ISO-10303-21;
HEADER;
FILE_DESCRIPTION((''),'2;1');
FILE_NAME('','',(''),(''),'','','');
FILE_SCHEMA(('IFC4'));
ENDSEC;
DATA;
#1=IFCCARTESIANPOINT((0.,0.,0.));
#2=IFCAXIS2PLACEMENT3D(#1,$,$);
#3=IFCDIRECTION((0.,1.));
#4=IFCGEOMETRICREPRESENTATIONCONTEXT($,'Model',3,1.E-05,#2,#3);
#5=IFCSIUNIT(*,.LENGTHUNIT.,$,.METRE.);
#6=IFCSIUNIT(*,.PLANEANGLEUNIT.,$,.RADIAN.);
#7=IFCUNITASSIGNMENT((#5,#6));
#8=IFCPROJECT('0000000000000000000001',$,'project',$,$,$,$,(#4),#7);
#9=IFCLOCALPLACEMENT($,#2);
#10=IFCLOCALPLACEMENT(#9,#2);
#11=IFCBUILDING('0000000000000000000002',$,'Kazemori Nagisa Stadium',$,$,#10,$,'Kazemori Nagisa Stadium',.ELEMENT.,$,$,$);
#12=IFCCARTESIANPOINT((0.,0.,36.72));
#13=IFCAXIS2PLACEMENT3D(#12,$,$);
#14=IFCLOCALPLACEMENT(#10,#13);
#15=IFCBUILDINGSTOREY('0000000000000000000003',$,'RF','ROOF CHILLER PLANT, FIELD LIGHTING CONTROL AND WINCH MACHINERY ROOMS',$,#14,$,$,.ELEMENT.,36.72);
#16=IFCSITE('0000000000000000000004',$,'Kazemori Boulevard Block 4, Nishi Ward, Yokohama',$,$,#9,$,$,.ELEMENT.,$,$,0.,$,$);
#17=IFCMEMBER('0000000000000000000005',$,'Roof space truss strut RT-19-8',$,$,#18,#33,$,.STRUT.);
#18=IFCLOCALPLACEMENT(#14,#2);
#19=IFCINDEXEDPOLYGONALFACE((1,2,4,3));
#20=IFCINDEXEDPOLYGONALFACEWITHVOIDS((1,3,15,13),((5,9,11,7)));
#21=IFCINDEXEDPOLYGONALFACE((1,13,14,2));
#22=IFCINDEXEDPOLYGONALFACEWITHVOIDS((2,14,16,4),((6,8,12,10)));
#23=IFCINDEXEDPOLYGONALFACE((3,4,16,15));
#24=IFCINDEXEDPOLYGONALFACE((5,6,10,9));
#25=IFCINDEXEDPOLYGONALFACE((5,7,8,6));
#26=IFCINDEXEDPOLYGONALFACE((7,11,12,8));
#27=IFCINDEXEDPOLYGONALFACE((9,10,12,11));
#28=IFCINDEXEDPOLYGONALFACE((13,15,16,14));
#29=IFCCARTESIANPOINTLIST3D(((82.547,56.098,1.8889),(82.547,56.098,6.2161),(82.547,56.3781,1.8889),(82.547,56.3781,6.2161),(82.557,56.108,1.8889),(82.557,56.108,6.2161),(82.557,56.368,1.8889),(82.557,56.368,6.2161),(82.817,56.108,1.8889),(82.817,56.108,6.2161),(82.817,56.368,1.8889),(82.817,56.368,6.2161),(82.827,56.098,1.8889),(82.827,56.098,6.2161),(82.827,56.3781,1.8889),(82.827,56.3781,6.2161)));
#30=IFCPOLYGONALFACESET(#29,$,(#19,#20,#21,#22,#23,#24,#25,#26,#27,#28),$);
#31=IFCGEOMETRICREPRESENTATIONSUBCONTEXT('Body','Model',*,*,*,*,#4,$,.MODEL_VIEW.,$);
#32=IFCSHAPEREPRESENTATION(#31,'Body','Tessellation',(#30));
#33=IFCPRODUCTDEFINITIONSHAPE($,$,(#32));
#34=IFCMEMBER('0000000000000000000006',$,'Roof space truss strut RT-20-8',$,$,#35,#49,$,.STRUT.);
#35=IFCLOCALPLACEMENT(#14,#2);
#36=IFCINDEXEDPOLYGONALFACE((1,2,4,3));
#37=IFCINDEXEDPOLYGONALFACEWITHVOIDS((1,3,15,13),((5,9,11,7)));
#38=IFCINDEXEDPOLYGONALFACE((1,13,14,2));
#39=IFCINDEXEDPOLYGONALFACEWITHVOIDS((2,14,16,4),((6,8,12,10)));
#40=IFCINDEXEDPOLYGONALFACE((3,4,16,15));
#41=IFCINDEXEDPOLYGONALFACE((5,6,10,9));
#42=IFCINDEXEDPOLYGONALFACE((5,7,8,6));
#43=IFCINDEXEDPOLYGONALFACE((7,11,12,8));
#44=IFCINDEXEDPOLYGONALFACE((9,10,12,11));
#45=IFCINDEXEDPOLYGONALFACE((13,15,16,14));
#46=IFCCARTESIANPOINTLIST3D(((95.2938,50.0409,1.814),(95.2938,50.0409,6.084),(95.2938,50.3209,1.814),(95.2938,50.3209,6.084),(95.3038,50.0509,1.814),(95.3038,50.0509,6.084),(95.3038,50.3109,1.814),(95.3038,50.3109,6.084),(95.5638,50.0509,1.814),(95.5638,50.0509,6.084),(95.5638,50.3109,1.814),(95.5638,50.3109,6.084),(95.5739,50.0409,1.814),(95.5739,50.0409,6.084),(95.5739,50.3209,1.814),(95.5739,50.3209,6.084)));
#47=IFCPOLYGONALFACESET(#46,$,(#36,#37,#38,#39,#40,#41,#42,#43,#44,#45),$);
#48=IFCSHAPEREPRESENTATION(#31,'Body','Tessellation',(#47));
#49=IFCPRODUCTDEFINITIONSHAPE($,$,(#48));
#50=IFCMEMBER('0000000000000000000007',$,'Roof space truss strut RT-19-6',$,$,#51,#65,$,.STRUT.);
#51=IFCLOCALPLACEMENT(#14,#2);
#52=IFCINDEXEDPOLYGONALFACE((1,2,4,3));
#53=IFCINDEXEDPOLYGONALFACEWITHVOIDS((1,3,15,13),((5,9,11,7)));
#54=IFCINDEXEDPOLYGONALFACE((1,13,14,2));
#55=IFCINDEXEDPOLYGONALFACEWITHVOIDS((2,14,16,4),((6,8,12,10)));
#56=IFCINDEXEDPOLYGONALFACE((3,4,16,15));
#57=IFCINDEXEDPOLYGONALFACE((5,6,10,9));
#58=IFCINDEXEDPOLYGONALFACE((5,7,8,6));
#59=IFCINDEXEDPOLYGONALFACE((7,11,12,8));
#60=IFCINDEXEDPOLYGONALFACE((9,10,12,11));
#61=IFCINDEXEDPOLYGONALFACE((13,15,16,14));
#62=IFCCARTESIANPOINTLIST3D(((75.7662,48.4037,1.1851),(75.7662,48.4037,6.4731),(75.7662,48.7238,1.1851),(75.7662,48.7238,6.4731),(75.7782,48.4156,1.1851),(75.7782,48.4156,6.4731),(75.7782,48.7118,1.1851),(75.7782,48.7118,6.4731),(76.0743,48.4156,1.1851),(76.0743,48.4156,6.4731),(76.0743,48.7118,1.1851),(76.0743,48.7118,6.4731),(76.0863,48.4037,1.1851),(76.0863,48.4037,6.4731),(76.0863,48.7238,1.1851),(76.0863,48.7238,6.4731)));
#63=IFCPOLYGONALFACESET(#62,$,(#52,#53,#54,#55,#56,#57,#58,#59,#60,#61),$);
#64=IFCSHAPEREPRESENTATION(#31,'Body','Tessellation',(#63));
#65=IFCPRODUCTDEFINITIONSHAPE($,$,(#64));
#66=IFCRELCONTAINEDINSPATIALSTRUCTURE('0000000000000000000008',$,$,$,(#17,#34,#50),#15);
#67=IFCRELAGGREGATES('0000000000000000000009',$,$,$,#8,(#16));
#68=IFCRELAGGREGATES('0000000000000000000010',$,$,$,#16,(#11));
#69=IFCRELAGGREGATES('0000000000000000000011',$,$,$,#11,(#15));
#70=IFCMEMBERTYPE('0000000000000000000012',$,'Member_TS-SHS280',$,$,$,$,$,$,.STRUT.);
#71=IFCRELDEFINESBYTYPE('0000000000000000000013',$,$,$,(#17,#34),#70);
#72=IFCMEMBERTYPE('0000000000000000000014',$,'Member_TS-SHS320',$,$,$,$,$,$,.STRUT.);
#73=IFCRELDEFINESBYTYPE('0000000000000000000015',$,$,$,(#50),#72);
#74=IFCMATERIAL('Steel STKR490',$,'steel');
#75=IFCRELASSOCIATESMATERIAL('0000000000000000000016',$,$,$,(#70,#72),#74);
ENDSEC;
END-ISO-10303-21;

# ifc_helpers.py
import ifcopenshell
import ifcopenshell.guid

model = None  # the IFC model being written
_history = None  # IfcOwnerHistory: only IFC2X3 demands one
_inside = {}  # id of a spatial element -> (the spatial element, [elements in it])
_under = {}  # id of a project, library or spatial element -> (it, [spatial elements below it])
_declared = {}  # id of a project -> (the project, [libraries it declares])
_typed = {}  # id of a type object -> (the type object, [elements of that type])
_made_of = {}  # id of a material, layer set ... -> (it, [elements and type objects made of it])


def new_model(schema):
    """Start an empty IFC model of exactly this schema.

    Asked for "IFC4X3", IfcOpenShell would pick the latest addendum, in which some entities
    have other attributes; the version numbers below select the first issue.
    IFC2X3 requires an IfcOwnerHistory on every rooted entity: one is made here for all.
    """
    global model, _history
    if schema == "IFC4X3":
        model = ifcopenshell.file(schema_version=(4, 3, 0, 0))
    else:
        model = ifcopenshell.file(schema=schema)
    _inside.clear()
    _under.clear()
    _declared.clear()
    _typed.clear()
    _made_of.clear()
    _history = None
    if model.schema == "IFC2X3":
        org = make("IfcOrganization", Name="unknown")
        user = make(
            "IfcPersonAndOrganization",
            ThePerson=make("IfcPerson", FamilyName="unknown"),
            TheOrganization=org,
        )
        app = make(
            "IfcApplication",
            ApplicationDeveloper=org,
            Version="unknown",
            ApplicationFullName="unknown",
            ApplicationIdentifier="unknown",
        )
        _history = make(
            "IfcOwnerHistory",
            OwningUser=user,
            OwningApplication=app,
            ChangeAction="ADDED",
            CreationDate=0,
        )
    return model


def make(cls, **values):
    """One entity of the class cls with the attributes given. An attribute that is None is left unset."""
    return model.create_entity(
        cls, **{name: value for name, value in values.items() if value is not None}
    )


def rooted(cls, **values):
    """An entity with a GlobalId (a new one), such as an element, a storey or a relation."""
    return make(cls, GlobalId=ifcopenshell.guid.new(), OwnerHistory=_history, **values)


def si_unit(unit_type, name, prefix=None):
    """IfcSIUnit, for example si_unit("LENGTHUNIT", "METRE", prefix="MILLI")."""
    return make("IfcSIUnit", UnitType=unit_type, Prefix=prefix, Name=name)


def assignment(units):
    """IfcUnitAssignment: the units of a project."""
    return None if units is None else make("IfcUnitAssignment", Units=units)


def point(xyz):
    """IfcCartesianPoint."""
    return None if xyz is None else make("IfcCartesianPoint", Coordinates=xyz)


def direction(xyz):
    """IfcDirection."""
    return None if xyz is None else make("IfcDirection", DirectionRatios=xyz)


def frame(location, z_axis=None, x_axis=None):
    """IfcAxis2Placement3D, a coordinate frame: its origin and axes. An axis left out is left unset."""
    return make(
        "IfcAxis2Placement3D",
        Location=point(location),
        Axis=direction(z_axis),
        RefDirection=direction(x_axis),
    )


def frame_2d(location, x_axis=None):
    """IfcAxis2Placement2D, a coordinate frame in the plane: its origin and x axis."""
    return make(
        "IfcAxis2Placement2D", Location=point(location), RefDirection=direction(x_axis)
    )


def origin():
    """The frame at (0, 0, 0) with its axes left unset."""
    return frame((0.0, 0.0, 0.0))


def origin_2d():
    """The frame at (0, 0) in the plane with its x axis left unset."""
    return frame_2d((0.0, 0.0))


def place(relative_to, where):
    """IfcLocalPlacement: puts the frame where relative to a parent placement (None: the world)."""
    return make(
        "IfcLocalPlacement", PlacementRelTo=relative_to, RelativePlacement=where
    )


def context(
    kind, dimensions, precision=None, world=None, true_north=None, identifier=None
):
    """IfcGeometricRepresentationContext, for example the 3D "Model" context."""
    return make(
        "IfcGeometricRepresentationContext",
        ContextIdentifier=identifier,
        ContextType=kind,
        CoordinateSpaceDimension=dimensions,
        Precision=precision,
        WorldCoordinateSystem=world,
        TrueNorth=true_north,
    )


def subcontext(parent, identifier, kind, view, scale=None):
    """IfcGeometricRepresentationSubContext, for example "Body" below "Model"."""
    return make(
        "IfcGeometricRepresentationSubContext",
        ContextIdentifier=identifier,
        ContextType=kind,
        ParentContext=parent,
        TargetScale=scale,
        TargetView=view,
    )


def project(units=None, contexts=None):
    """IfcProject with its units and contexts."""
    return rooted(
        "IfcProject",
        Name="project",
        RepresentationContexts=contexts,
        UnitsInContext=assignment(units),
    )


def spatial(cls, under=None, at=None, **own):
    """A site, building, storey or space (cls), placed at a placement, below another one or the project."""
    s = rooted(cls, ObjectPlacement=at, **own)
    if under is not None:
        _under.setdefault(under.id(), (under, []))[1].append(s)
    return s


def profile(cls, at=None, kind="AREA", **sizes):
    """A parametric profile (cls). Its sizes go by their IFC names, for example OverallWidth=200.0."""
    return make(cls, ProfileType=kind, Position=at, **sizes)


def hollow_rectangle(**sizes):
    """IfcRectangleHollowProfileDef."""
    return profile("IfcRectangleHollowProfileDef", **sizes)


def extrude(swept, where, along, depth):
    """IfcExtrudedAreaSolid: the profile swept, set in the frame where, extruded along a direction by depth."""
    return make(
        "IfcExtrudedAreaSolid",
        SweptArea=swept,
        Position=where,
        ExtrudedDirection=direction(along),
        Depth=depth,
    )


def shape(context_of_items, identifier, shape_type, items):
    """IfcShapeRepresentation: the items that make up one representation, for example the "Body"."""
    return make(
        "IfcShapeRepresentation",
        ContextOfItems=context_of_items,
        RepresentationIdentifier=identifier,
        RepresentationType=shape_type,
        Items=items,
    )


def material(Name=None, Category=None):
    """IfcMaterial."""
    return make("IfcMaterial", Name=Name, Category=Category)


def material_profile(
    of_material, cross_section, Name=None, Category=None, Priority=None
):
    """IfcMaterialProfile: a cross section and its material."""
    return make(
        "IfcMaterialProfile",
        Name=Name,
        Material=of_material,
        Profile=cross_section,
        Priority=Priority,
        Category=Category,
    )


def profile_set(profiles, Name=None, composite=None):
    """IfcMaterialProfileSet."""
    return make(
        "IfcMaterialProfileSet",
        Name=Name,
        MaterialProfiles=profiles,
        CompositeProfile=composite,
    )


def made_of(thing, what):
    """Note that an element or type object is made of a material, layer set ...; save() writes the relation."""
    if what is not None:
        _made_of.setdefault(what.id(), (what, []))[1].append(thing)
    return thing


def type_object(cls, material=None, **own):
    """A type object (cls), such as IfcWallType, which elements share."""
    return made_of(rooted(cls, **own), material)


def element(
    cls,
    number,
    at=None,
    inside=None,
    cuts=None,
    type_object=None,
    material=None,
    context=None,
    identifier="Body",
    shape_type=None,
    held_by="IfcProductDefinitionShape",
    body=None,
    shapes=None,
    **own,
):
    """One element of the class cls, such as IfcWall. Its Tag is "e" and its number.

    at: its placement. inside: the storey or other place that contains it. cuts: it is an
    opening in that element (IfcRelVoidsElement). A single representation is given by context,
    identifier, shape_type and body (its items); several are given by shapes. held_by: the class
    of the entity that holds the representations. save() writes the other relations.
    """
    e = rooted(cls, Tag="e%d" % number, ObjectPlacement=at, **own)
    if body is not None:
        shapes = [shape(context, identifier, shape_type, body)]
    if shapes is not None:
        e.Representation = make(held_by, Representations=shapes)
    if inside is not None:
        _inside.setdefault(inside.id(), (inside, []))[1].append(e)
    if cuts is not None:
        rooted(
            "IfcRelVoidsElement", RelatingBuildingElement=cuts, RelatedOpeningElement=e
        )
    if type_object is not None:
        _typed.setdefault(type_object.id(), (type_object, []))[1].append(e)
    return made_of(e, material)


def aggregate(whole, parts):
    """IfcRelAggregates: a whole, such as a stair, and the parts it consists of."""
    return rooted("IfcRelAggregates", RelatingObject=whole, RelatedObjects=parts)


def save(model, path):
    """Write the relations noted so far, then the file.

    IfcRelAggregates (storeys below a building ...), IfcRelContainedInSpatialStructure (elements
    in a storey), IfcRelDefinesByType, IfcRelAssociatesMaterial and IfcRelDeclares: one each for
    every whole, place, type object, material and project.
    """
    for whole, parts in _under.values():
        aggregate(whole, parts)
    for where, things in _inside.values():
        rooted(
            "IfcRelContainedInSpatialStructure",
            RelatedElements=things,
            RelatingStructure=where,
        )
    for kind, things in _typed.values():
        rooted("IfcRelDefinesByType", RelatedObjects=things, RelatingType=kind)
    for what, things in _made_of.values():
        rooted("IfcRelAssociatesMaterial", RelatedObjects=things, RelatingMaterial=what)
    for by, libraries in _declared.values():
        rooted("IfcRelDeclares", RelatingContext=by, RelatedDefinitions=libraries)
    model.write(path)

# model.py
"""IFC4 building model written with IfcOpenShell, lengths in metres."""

from ifc_helpers import new_model, si_unit, direction, frame, origin, origin_2d, place, context, subcontext, project, spatial, hollow_rectangle, extrude, material, material_profile, profile_set, type_object, element, save


model = new_model("IFC4")

# Units and contexts
model_context = context("Model", 3, precision=1e-05, world=origin(), true_north=direction((0.0, 1.0)))
body_context = subcontext(model_context, "Body", "Model", "MODEL_VIEW")
ifc_project = project(units=[si_unit("LENGTHUNIT", "METRE"), si_unit("PLANEANGLEUNIT", "RADIAN")], contexts=[model_context])

# Site, building, storey
site_placement = place(None, origin())
site = spatial("IfcSite", under=ifc_project, at=site_placement, Name="Kazemori Boulevard Block 4, Nishi Ward, Yokohama", CompositionType="ELEMENT", RefElevation=0.0)
building_placement = place(site_placement, origin())
building = spatial("IfcBuilding", under=site, at=building_placement, Name="Kazemori Nagisa Stadium", LongName="Kazemori Nagisa Stadium", CompositionType="ELEMENT")
storey_placement = place(building_placement, frame((0.0, 0.0, 36.72)))
storey = spatial("IfcBuildingStorey", under=building, at=storey_placement, Name="RF", Description="ROOF CHILLER PLANT, FIELD LIGHTING CONTROL AND WINCH MACHINERY ROOMS", CompositionType="ELEMENT", Elevation=36.72)

# Members
ifc_material_1 = material(Name="Steel STKR490", Category="steel")
ifc_material_profile_1 = material_profile(ifc_material_1, hollow_rectangle(XDim=0.28, YDim=0.28, WallThickness=0.01, at=origin_2d()), Name="SHS-280x280x10")
ifc_profile_set_1 = profile_set([ifc_material_profile_1], Name="Steel STKR490")
member_type_1 = type_object("IfcMemberType", Name="Member_TS-SHS280", PredefinedType="STRUT", material=ifc_profile_set_1)
member_1_placement = place(storey_placement, frame((82.687, 56.238, 1.8889), z_axis=(0.0, 0.0, 1.0), x_axis=(1.0, 0.0, 0.0)))
element("IfcMember", 1, at=member_1_placement, inside=storey, type_object=member_type_1, Name="Roof space truss strut RT-19-8", PredefinedType="STRUT", context=body_context, shape_type="SweptSolid", body=[
    extrude(hollow_rectangle(XDim=0.28, YDim=0.28, WallThickness=0.01, at=origin_2d()), origin(), (0.0, 0.0, 1.0), 4.3271),
])
member_2_placement = place(storey_placement, frame((95.4338, 50.1809, 1.814), z_axis=(0.0, 0.0, 1.0), x_axis=(1.0, 0.0, 0.0)))
element("IfcMember", 2, at=member_2_placement, inside=storey, type_object=member_type_1, Name="Roof space truss strut RT-20-8", PredefinedType="STRUT", context=body_context, shape_type="SweptSolid", body=[
    extrude(hollow_rectangle(XDim=0.28, YDim=0.28, WallThickness=0.01, at=origin_2d()), origin(), (0.0, 0.0, 1.0), 4.27),
])
ifc_material_profile_2 = material_profile(ifc_material_1, hollow_rectangle(XDim=0.3201, YDim=0.3201, WallThickness=0.012, at=origin_2d()), Name="SHS-320x320x12")
ifc_profile_set_2 = profile_set([ifc_material_profile_2], Name="Steel STKR490")
member_type_2 = type_object("IfcMemberType", Name="Member_TS-SHS320", PredefinedType="STRUT", material=ifc_profile_set_2)
member_3_placement = place(storey_placement, frame((75.9263, 48.5637, 1.1851), z_axis=(0.0, 0.0, 1.0), x_axis=(1.0, 0.0, 0.0)))
element("IfcMember", 3, at=member_3_placement, inside=storey, type_object=member_type_2, Name="Roof space truss strut RT-19-6", PredefinedType="STRUT", context=body_context, shape_type="SweptSolid", body=[
    extrude(hollow_rectangle(XDim=0.3201, YDim=0.3201, WallThickness=0.012, at=origin_2d()), origin(), (0.0, 0.0, 1.0), 5.2881),
])

save(model, "model.ifc")
